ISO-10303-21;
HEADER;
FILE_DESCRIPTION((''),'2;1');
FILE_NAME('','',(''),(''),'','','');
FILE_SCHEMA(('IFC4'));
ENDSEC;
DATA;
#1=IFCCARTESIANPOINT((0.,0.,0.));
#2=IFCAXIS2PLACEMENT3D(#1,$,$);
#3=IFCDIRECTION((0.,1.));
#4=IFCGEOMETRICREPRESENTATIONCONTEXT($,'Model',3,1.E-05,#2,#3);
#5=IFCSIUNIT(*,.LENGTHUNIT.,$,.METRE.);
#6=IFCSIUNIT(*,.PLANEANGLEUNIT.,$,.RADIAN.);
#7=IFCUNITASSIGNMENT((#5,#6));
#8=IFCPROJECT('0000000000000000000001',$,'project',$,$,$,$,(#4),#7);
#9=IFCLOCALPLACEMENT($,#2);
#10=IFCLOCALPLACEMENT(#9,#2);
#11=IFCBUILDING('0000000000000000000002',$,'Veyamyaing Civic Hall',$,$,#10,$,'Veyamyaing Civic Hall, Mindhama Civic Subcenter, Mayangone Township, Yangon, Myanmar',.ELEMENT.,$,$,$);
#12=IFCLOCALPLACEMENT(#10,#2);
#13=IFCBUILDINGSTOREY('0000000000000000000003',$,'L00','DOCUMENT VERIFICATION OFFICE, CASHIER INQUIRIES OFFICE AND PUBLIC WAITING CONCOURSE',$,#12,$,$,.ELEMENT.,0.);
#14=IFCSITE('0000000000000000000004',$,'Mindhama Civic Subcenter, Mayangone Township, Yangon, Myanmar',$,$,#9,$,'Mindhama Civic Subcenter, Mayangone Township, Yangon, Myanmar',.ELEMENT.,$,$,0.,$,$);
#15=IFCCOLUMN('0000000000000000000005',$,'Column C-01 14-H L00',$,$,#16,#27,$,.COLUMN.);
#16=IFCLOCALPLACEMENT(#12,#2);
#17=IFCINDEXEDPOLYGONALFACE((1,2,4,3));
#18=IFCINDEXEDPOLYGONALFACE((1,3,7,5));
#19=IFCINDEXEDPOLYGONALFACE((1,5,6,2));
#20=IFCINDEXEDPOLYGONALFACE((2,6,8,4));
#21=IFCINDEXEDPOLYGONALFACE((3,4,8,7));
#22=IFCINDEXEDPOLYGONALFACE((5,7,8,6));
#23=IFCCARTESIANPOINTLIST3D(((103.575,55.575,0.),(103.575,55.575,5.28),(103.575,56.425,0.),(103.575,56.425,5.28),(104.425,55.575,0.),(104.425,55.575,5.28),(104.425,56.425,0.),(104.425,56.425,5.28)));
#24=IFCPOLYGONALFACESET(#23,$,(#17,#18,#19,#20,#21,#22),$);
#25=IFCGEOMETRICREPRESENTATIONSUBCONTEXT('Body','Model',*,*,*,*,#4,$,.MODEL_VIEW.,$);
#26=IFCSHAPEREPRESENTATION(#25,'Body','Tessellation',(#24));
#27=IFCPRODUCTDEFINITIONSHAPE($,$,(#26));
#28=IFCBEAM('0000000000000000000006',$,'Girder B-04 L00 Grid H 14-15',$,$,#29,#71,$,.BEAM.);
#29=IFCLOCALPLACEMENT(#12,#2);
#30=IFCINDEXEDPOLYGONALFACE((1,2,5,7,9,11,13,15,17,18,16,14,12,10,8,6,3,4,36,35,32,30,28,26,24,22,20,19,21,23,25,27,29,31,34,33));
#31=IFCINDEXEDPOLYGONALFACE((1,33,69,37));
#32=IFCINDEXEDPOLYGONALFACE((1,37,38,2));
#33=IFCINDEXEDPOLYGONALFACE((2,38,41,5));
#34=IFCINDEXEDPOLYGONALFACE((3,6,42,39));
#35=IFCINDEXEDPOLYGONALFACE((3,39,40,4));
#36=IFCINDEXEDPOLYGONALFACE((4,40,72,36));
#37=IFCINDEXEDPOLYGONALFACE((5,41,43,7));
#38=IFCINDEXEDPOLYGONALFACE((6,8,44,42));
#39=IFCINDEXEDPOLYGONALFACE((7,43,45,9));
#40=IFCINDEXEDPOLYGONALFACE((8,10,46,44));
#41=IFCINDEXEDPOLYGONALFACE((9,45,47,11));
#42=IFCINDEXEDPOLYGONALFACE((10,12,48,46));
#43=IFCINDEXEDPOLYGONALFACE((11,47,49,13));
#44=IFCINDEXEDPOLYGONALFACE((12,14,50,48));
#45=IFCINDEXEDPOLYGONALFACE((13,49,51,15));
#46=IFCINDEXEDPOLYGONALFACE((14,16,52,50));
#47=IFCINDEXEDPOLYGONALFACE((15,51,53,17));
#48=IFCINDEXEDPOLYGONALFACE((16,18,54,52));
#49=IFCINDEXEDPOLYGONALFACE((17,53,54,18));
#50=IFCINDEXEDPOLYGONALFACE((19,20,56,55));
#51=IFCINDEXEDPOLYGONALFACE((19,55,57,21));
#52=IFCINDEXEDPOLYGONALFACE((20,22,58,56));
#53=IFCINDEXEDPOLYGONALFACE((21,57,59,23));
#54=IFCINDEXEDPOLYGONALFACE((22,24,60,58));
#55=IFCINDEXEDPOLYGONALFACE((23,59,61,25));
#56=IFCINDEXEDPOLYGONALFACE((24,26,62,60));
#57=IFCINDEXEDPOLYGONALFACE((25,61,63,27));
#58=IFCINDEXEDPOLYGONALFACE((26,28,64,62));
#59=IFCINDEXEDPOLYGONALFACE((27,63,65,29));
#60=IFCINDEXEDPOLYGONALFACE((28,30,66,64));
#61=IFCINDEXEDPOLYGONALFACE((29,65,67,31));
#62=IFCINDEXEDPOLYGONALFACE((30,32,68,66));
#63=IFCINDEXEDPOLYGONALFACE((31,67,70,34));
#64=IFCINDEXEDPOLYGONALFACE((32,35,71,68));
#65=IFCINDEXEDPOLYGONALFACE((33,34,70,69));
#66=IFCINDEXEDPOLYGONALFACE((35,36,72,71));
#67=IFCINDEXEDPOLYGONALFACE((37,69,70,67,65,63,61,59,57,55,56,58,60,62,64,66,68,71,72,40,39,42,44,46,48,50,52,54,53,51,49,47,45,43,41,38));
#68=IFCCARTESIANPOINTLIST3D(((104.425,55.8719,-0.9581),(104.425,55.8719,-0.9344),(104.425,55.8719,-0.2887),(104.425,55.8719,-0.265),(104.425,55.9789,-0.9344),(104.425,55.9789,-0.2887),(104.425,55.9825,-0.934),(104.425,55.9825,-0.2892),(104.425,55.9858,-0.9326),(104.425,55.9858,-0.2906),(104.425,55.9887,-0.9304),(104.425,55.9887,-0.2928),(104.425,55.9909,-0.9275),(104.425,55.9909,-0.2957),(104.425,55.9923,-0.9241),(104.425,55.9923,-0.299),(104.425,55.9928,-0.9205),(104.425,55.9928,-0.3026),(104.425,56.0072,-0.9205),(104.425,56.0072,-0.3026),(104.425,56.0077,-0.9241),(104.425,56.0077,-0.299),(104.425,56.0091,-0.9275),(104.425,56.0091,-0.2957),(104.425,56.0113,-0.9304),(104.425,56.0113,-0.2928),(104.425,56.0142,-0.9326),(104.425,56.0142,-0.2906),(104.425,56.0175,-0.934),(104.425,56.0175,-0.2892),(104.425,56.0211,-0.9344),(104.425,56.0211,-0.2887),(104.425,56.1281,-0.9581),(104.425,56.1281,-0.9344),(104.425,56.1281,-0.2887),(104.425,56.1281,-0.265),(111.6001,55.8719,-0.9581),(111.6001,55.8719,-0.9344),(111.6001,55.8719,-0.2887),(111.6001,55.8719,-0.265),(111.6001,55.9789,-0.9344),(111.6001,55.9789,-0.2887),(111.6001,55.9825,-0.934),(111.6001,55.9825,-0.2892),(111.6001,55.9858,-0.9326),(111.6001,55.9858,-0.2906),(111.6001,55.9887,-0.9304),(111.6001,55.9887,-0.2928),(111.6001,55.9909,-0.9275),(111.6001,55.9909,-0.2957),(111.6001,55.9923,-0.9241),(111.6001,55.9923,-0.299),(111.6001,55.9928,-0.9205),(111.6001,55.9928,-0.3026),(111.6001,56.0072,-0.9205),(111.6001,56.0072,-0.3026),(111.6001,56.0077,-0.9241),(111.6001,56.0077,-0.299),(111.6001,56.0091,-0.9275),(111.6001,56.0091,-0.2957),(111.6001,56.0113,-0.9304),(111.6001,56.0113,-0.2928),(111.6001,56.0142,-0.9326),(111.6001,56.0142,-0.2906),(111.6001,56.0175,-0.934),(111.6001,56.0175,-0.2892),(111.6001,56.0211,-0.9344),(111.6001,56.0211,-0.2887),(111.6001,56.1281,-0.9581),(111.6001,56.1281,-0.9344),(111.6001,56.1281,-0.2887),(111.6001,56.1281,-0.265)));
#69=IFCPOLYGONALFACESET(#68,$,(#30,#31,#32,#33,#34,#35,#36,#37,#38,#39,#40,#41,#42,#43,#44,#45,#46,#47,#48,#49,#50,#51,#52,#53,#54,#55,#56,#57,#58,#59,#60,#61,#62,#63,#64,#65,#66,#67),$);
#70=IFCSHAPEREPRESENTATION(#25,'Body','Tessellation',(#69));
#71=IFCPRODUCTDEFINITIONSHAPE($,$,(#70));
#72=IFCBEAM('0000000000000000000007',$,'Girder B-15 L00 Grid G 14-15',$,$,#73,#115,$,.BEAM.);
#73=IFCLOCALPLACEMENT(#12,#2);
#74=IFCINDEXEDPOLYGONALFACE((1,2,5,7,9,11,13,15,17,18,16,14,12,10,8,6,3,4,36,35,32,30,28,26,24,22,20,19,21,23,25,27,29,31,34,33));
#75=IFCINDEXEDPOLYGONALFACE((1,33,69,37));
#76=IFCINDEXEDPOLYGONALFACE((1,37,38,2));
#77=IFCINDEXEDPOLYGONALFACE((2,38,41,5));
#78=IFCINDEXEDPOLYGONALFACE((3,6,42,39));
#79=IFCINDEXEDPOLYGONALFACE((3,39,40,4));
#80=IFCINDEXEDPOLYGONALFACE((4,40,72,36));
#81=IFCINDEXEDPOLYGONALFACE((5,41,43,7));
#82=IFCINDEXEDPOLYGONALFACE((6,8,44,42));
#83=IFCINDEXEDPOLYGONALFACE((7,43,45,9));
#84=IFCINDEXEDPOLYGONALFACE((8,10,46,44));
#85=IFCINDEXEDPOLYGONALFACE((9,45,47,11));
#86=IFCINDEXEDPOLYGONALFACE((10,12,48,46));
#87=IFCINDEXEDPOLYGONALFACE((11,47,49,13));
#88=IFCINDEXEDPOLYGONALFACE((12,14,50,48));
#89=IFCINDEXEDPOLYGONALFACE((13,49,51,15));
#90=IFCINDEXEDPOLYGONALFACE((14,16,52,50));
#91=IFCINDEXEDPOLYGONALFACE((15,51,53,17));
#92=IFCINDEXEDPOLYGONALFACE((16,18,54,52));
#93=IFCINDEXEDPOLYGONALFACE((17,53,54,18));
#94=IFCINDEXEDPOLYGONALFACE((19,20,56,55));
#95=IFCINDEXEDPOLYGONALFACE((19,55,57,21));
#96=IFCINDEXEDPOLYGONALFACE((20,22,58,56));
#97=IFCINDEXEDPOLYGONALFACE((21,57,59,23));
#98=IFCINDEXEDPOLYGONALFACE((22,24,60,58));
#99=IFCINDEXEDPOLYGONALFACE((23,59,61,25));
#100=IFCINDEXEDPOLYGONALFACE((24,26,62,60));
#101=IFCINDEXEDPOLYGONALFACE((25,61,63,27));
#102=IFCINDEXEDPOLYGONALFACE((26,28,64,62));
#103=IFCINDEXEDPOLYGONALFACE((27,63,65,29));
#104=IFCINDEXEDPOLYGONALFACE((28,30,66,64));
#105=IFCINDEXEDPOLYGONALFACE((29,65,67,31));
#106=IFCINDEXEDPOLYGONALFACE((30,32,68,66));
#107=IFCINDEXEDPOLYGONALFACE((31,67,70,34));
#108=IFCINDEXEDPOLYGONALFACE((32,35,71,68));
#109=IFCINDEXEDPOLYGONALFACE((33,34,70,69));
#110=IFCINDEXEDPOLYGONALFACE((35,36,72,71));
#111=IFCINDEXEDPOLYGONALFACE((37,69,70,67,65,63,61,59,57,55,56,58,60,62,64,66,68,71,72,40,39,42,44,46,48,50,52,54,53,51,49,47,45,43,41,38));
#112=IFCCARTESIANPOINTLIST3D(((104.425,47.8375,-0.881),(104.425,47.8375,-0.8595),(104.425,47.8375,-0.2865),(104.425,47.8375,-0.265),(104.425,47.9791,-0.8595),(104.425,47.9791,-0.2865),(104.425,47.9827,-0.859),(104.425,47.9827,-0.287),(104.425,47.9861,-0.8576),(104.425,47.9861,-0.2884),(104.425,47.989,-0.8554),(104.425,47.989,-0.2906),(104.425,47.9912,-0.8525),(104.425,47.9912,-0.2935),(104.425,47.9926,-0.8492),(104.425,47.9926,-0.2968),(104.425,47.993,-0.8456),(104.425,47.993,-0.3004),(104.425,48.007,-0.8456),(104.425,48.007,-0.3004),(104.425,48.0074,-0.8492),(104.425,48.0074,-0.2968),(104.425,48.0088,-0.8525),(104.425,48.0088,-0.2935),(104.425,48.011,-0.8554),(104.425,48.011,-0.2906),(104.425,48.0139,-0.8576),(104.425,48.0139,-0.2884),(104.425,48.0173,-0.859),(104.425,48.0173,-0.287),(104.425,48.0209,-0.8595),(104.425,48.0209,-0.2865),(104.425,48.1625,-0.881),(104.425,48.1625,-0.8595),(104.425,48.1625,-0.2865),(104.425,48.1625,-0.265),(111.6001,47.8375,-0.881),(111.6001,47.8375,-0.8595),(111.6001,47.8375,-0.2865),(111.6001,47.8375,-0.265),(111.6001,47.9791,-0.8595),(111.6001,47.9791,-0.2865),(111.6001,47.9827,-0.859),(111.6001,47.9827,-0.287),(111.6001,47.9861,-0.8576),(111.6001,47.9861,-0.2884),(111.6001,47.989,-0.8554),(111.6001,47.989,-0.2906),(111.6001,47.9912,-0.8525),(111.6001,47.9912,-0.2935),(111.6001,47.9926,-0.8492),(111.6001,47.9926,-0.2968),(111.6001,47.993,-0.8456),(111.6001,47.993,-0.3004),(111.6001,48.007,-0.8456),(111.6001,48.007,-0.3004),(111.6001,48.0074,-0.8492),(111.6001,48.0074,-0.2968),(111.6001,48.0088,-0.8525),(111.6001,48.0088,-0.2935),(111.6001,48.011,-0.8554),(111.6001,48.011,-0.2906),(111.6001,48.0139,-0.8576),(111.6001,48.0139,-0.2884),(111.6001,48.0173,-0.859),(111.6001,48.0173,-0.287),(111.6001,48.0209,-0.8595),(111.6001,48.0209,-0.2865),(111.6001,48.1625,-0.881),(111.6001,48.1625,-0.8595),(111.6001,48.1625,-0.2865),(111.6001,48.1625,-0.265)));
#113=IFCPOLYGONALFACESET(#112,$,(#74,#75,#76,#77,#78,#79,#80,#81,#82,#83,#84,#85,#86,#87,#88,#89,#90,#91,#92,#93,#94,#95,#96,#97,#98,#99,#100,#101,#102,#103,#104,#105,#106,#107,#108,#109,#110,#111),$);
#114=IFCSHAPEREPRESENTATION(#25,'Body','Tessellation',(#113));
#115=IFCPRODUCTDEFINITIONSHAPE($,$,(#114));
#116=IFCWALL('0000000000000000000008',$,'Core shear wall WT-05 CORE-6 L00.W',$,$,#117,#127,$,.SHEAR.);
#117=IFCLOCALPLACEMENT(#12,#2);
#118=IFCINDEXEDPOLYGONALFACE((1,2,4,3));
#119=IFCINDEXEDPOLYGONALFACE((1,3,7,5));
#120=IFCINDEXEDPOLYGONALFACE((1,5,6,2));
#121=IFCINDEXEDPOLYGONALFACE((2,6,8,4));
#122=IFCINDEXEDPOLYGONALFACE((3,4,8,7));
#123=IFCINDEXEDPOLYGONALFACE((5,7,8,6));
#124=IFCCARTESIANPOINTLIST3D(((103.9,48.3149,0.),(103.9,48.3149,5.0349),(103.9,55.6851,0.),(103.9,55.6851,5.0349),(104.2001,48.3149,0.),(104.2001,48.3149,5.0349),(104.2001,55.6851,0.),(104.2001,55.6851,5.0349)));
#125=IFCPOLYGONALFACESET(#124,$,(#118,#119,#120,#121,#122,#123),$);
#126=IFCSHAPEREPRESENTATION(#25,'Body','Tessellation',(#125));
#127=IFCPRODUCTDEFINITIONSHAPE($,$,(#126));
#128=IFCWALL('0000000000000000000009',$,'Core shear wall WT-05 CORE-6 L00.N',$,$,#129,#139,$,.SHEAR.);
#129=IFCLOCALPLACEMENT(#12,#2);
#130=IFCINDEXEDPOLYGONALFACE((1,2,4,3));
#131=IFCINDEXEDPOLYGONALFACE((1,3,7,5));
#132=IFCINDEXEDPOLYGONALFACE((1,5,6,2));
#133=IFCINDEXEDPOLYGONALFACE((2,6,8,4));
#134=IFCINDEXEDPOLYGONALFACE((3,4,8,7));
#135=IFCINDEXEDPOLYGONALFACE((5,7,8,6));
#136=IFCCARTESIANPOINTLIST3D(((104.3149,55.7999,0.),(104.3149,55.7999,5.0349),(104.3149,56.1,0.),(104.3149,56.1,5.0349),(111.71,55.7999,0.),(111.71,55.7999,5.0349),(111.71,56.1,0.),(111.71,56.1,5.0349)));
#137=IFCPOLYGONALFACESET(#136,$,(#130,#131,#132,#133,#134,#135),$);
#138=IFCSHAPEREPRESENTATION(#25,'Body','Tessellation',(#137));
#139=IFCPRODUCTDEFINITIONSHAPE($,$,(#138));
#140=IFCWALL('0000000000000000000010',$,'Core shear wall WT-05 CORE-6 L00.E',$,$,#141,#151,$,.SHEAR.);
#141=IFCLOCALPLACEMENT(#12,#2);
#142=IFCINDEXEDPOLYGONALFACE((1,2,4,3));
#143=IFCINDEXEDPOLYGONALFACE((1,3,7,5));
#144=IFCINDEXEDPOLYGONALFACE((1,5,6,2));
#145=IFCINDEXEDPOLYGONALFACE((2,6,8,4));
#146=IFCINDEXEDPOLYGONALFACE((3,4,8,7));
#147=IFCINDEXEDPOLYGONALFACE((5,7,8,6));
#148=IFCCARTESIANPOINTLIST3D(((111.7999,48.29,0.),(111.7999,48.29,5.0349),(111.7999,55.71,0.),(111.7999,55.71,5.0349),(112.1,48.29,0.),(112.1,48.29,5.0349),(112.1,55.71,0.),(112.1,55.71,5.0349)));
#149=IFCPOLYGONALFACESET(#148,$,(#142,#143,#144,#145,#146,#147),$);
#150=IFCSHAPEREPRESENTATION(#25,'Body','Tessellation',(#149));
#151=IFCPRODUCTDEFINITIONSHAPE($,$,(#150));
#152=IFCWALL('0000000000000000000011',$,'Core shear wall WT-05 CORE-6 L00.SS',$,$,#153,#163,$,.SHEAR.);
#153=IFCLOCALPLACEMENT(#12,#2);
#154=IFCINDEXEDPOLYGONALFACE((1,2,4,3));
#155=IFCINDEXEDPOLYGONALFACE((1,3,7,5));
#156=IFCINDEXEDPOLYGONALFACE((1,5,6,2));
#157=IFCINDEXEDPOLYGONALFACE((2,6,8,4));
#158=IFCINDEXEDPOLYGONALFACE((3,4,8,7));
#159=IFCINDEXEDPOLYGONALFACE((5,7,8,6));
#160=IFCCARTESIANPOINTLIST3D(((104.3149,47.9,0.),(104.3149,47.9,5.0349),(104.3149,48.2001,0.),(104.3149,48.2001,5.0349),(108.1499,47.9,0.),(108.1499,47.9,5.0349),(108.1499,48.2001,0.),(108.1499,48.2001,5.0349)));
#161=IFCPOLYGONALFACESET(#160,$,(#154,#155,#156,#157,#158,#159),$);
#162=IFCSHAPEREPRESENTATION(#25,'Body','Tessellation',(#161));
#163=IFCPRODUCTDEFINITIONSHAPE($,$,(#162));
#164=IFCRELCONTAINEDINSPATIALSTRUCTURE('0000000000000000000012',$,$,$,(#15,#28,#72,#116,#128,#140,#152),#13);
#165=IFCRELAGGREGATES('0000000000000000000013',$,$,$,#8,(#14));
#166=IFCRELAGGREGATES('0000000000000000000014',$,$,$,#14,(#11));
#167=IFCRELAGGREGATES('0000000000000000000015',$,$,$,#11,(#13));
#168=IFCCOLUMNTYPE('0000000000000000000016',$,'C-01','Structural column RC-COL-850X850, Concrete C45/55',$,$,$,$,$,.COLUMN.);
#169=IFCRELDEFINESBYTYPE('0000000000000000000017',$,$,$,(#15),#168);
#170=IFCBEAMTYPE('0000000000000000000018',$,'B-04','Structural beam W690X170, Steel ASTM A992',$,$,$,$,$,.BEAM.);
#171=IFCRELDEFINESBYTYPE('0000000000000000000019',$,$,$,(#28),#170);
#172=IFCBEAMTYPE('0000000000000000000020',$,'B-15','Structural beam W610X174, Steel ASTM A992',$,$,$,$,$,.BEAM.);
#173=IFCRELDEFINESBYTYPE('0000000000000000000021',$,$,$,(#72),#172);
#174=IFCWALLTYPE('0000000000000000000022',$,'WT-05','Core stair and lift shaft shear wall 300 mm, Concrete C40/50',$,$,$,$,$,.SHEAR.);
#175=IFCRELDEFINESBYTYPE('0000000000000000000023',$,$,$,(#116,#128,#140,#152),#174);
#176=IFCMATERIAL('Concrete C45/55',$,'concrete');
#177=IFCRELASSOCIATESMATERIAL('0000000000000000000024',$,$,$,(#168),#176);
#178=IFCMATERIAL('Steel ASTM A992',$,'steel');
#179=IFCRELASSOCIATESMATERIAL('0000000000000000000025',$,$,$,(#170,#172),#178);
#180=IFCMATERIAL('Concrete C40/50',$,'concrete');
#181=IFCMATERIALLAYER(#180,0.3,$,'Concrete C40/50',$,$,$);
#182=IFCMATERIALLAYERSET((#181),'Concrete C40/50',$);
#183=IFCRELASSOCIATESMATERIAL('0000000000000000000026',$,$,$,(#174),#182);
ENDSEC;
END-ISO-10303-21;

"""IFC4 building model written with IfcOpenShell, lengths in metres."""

from ifc_helpers import new_model, si_unit, direction, frame, frame_2d, origin, origin_2d, place, context, subcontext, project, spatial, rectangle, i_section, extrude, material, layer, layer_set, material_profile, profile_set, type_object, element, save


model = new_model("IFC4")

# Units and contexts
model_context = context("Model", 3, precision=1e-05, world=origin(), true_north=direction((0.0, 1.0)))
body_context = subcontext(model_context, "Body", "Model", "MODEL_VIEW")
ifc_project = project(units=[si_unit("LENGTHUNIT", "METRE"), si_unit("PLANEANGLEUNIT", "RADIAN")], contexts=[model_context])

# Site, building, storey
site_placement = place(None, origin())
site = spatial("IfcSite", under=ifc_project, at=site_placement, Name="Mindhama Civic Subcenter, Mayangone Township, Yangon, Myanmar", LongName="Mindhama Civic Subcenter, Mayangone Township, Yangon, Myanmar", CompositionType="ELEMENT", RefElevation=0.0)
building_placement = place(site_placement, origin())
building = spatial("IfcBuilding", under=site, at=building_placement, Name="Veyamyaing Civic Hall", LongName="Veyamyaing Civic Hall, Mindhama Civic Subcenter, Mayangone Township, Yangon, Myanmar", CompositionType="ELEMENT")
storey_placement = place(building_placement, origin())
storey = spatial("IfcBuildingStorey", under=building, at=storey_placement, Name="L00", Description="DOCUMENT VERIFICATION OFFICE, CASHIER INQUIRIES OFFICE AND PUBLIC WAITING CONCOURSE", CompositionType="ELEMENT", Elevation=0.0)

# Column
ifc_material_1 = material(Name="Concrete C45/55", Category="concrete")
ifc_material_profile_1 = material_profile(ifc_material_1, rectangle(XDim=0.8501, YDim=0.8501, at=origin_2d()), Name="RC-COL-850X850")
ifc_profile_set_1 = profile_set([ifc_material_profile_1], Name="Concrete C45/55")
column_type = type_object("IfcColumnType", Name="C-01", Description="Structural column RC-COL-850X850, Concrete C45/55", PredefinedType="COLUMN", material=ifc_profile_set_1)
column_placement = place(storey_placement, frame((104.0, 56.0, 0.0), z_axis=(0.0, 0.0, 1.0), x_axis=(1.0, 0.0, 0.0)))
element("IfcColumn", 1, at=column_placement, inside=storey, type_object=column_type, Name="Column C-01 14-H L00", PredefinedType="COLUMN", context=body_context, shape_type="SweptSolid", body=[
    extrude(rectangle(XDim=0.8501, YDim=0.8501, at=origin_2d()), origin(), (0.0, 0.0, 1.0), 5.28),
])

# Beams
ifc_material_2 = material(Name="Steel ASTM A992", Category="steel")
ifc_material_profile_2 = material_profile(ifc_material_2, i_section(OverallWidth=0.2561, OverallDepth=0.6931, WebThickness=0.0144, FlangeThickness=0.0237, FilletRadius=0.0139, at=origin_2d()), Name="W690X170")
ifc_profile_set_2 = profile_set([ifc_material_profile_2], Name="Steel ASTM A992")
beam_type_1 = type_object("IfcBeamType", Name="B-04", Description="Structural beam W690X170, Steel ASTM A992", PredefinedType="BEAM", material=ifc_profile_set_2)
beam_1_placement = place(storey_placement, frame((104.425, 56.0, -0.6116), z_axis=(1.0, 0.0, 0.0), x_axis=(0.0, 1.0, 0.0)))
element("IfcBeam", 2, at=beam_1_placement, inside=storey, type_object=beam_type_1, Name="Girder B-04 L00 Grid H 14-15", PredefinedType="BEAM", context=body_context, shape_type="SweptSolid", body=[
    extrude(i_section(OverallWidth=0.2561, OverallDepth=0.6931, WebThickness=0.0144, FlangeThickness=0.0237, FilletRadius=0.0139, at=origin_2d()), origin(), (0.0, 0.0, 1.0), 7.175),
])
ifc_material_profile_3 = material_profile(ifc_material_2, i_section(OverallWidth=0.325, OverallDepth=0.616, WebThickness=0.0139, FlangeThickness=0.0215, FilletRadius=0.0139, at=origin_2d()), Name="W610X174")
ifc_profile_set_3 = profile_set([ifc_material_profile_3], Name="Steel ASTM A992")
beam_type_2 = type_object("IfcBeamType", Name="B-15", Description="Structural beam W610X174, Steel ASTM A992", PredefinedType="BEAM", material=ifc_profile_set_3)
beam_2_placement = place(storey_placement, frame((104.425, 48.0, -0.573), z_axis=(1.0, 0.0, 0.0), x_axis=(0.0, 1.0, 0.0)))
element("IfcBeam", 3, at=beam_2_placement, inside=storey, type_object=beam_type_2, Name="Girder B-15 L00 Grid G 14-15", PredefinedType="BEAM", context=body_context, shape_type="SweptSolid", body=[
    extrude(i_section(OverallWidth=0.325, OverallDepth=0.616, WebThickness=0.0139, FlangeThickness=0.0215, FilletRadius=0.0139, at=origin_2d()), origin(), (0.0, 0.0, 1.0), 7.175),
])

# Walls
ifc_material_3 = material(Name="Concrete C40/50", Category="concrete")
ifc_layer_1 = layer(ifc_material_3, 0.3, Name="Concrete C40/50")
ifc_layer_set_1 = layer_set([ifc_layer_1], Name="Concrete C40/50")
wall_type_1 = type_object("IfcWallType", Name="WT-05", Description="Core stair and lift shaft shear wall 300 mm, Concrete C40/50", PredefinedType="SHEAR", material=ifc_layer_set_1)
wall_1_placement = place(storey_placement, frame((104.05, 48.3149, 0.0), z_axis=(0.0, 0.0, 1.0), x_axis=(0.0, 1.0, 0.0)))
element("IfcWall", 4, at=wall_1_placement, inside=storey, type_object=wall_type_1, Name="Core shear wall WT-05 CORE-6 L00.W", PredefinedType="SHEAR", context=body_context, shape_type="SweptSolid", body=[
    extrude(rectangle(XDim=7.3701, YDim=0.3, at=frame_2d((3.6851, 0.0))), origin(), (0.0, 0.0, 1.0), 5.0349),
])
wall_2_placement = place(storey_placement, frame((104.3149, 55.95, 0.0), z_axis=(0.0, 0.0, 1.0), x_axis=(1.0, 0.0, 0.0)))
element("IfcWall", 5, at=wall_2_placement, inside=storey, type_object=wall_type_1, Name="Core shear wall WT-05 CORE-6 L00.N", PredefinedType="SHEAR", context=body_context, shape_type="SweptSolid", body=[
    extrude(rectangle(XDim=7.395, YDim=0.3, at=frame_2d((3.6975, 0.0))), origin(), (0.0, 0.0, 1.0), 5.0349),
])
wall_3_placement = place(storey_placement, frame((111.95, 48.29, 0.0), z_axis=(0.0, 0.0, 1.0), x_axis=(0.0, 1.0, 0.0)))
element("IfcWall", 6, at=wall_3_placement, inside=storey, type_object=wall_type_1, Name="Core shear wall WT-05 CORE-6 L00.E", PredefinedType="SHEAR", context=body_context, shape_type="SweptSolid", body=[
    extrude(rectangle(XDim=7.4199, YDim=0.3, at=frame_2d((3.71, 0.0))), origin(), (0.0, 0.0, 1.0), 5.0349),
])
wall_4_placement = place(storey_placement, frame((104.3149, 48.05, 0.0), z_axis=(0.0, 0.0, 1.0), x_axis=(1.0, 0.0, 0.0)))
element("IfcWall", 7, at=wall_4_placement, inside=storey, type_object=wall_type_1, Name="Core shear wall WT-05 CORE-6 L00.SS", PredefinedType="SHEAR", context=body_context, shape_type="SweptSolid", body=[
    extrude(rectangle(XDim=3.835, YDim=0.3, at=frame_2d((1.9175, 0.0))), origin(), (0.0, 0.0, 1.0), 5.0349),
])

save(model, "model.ifc")
